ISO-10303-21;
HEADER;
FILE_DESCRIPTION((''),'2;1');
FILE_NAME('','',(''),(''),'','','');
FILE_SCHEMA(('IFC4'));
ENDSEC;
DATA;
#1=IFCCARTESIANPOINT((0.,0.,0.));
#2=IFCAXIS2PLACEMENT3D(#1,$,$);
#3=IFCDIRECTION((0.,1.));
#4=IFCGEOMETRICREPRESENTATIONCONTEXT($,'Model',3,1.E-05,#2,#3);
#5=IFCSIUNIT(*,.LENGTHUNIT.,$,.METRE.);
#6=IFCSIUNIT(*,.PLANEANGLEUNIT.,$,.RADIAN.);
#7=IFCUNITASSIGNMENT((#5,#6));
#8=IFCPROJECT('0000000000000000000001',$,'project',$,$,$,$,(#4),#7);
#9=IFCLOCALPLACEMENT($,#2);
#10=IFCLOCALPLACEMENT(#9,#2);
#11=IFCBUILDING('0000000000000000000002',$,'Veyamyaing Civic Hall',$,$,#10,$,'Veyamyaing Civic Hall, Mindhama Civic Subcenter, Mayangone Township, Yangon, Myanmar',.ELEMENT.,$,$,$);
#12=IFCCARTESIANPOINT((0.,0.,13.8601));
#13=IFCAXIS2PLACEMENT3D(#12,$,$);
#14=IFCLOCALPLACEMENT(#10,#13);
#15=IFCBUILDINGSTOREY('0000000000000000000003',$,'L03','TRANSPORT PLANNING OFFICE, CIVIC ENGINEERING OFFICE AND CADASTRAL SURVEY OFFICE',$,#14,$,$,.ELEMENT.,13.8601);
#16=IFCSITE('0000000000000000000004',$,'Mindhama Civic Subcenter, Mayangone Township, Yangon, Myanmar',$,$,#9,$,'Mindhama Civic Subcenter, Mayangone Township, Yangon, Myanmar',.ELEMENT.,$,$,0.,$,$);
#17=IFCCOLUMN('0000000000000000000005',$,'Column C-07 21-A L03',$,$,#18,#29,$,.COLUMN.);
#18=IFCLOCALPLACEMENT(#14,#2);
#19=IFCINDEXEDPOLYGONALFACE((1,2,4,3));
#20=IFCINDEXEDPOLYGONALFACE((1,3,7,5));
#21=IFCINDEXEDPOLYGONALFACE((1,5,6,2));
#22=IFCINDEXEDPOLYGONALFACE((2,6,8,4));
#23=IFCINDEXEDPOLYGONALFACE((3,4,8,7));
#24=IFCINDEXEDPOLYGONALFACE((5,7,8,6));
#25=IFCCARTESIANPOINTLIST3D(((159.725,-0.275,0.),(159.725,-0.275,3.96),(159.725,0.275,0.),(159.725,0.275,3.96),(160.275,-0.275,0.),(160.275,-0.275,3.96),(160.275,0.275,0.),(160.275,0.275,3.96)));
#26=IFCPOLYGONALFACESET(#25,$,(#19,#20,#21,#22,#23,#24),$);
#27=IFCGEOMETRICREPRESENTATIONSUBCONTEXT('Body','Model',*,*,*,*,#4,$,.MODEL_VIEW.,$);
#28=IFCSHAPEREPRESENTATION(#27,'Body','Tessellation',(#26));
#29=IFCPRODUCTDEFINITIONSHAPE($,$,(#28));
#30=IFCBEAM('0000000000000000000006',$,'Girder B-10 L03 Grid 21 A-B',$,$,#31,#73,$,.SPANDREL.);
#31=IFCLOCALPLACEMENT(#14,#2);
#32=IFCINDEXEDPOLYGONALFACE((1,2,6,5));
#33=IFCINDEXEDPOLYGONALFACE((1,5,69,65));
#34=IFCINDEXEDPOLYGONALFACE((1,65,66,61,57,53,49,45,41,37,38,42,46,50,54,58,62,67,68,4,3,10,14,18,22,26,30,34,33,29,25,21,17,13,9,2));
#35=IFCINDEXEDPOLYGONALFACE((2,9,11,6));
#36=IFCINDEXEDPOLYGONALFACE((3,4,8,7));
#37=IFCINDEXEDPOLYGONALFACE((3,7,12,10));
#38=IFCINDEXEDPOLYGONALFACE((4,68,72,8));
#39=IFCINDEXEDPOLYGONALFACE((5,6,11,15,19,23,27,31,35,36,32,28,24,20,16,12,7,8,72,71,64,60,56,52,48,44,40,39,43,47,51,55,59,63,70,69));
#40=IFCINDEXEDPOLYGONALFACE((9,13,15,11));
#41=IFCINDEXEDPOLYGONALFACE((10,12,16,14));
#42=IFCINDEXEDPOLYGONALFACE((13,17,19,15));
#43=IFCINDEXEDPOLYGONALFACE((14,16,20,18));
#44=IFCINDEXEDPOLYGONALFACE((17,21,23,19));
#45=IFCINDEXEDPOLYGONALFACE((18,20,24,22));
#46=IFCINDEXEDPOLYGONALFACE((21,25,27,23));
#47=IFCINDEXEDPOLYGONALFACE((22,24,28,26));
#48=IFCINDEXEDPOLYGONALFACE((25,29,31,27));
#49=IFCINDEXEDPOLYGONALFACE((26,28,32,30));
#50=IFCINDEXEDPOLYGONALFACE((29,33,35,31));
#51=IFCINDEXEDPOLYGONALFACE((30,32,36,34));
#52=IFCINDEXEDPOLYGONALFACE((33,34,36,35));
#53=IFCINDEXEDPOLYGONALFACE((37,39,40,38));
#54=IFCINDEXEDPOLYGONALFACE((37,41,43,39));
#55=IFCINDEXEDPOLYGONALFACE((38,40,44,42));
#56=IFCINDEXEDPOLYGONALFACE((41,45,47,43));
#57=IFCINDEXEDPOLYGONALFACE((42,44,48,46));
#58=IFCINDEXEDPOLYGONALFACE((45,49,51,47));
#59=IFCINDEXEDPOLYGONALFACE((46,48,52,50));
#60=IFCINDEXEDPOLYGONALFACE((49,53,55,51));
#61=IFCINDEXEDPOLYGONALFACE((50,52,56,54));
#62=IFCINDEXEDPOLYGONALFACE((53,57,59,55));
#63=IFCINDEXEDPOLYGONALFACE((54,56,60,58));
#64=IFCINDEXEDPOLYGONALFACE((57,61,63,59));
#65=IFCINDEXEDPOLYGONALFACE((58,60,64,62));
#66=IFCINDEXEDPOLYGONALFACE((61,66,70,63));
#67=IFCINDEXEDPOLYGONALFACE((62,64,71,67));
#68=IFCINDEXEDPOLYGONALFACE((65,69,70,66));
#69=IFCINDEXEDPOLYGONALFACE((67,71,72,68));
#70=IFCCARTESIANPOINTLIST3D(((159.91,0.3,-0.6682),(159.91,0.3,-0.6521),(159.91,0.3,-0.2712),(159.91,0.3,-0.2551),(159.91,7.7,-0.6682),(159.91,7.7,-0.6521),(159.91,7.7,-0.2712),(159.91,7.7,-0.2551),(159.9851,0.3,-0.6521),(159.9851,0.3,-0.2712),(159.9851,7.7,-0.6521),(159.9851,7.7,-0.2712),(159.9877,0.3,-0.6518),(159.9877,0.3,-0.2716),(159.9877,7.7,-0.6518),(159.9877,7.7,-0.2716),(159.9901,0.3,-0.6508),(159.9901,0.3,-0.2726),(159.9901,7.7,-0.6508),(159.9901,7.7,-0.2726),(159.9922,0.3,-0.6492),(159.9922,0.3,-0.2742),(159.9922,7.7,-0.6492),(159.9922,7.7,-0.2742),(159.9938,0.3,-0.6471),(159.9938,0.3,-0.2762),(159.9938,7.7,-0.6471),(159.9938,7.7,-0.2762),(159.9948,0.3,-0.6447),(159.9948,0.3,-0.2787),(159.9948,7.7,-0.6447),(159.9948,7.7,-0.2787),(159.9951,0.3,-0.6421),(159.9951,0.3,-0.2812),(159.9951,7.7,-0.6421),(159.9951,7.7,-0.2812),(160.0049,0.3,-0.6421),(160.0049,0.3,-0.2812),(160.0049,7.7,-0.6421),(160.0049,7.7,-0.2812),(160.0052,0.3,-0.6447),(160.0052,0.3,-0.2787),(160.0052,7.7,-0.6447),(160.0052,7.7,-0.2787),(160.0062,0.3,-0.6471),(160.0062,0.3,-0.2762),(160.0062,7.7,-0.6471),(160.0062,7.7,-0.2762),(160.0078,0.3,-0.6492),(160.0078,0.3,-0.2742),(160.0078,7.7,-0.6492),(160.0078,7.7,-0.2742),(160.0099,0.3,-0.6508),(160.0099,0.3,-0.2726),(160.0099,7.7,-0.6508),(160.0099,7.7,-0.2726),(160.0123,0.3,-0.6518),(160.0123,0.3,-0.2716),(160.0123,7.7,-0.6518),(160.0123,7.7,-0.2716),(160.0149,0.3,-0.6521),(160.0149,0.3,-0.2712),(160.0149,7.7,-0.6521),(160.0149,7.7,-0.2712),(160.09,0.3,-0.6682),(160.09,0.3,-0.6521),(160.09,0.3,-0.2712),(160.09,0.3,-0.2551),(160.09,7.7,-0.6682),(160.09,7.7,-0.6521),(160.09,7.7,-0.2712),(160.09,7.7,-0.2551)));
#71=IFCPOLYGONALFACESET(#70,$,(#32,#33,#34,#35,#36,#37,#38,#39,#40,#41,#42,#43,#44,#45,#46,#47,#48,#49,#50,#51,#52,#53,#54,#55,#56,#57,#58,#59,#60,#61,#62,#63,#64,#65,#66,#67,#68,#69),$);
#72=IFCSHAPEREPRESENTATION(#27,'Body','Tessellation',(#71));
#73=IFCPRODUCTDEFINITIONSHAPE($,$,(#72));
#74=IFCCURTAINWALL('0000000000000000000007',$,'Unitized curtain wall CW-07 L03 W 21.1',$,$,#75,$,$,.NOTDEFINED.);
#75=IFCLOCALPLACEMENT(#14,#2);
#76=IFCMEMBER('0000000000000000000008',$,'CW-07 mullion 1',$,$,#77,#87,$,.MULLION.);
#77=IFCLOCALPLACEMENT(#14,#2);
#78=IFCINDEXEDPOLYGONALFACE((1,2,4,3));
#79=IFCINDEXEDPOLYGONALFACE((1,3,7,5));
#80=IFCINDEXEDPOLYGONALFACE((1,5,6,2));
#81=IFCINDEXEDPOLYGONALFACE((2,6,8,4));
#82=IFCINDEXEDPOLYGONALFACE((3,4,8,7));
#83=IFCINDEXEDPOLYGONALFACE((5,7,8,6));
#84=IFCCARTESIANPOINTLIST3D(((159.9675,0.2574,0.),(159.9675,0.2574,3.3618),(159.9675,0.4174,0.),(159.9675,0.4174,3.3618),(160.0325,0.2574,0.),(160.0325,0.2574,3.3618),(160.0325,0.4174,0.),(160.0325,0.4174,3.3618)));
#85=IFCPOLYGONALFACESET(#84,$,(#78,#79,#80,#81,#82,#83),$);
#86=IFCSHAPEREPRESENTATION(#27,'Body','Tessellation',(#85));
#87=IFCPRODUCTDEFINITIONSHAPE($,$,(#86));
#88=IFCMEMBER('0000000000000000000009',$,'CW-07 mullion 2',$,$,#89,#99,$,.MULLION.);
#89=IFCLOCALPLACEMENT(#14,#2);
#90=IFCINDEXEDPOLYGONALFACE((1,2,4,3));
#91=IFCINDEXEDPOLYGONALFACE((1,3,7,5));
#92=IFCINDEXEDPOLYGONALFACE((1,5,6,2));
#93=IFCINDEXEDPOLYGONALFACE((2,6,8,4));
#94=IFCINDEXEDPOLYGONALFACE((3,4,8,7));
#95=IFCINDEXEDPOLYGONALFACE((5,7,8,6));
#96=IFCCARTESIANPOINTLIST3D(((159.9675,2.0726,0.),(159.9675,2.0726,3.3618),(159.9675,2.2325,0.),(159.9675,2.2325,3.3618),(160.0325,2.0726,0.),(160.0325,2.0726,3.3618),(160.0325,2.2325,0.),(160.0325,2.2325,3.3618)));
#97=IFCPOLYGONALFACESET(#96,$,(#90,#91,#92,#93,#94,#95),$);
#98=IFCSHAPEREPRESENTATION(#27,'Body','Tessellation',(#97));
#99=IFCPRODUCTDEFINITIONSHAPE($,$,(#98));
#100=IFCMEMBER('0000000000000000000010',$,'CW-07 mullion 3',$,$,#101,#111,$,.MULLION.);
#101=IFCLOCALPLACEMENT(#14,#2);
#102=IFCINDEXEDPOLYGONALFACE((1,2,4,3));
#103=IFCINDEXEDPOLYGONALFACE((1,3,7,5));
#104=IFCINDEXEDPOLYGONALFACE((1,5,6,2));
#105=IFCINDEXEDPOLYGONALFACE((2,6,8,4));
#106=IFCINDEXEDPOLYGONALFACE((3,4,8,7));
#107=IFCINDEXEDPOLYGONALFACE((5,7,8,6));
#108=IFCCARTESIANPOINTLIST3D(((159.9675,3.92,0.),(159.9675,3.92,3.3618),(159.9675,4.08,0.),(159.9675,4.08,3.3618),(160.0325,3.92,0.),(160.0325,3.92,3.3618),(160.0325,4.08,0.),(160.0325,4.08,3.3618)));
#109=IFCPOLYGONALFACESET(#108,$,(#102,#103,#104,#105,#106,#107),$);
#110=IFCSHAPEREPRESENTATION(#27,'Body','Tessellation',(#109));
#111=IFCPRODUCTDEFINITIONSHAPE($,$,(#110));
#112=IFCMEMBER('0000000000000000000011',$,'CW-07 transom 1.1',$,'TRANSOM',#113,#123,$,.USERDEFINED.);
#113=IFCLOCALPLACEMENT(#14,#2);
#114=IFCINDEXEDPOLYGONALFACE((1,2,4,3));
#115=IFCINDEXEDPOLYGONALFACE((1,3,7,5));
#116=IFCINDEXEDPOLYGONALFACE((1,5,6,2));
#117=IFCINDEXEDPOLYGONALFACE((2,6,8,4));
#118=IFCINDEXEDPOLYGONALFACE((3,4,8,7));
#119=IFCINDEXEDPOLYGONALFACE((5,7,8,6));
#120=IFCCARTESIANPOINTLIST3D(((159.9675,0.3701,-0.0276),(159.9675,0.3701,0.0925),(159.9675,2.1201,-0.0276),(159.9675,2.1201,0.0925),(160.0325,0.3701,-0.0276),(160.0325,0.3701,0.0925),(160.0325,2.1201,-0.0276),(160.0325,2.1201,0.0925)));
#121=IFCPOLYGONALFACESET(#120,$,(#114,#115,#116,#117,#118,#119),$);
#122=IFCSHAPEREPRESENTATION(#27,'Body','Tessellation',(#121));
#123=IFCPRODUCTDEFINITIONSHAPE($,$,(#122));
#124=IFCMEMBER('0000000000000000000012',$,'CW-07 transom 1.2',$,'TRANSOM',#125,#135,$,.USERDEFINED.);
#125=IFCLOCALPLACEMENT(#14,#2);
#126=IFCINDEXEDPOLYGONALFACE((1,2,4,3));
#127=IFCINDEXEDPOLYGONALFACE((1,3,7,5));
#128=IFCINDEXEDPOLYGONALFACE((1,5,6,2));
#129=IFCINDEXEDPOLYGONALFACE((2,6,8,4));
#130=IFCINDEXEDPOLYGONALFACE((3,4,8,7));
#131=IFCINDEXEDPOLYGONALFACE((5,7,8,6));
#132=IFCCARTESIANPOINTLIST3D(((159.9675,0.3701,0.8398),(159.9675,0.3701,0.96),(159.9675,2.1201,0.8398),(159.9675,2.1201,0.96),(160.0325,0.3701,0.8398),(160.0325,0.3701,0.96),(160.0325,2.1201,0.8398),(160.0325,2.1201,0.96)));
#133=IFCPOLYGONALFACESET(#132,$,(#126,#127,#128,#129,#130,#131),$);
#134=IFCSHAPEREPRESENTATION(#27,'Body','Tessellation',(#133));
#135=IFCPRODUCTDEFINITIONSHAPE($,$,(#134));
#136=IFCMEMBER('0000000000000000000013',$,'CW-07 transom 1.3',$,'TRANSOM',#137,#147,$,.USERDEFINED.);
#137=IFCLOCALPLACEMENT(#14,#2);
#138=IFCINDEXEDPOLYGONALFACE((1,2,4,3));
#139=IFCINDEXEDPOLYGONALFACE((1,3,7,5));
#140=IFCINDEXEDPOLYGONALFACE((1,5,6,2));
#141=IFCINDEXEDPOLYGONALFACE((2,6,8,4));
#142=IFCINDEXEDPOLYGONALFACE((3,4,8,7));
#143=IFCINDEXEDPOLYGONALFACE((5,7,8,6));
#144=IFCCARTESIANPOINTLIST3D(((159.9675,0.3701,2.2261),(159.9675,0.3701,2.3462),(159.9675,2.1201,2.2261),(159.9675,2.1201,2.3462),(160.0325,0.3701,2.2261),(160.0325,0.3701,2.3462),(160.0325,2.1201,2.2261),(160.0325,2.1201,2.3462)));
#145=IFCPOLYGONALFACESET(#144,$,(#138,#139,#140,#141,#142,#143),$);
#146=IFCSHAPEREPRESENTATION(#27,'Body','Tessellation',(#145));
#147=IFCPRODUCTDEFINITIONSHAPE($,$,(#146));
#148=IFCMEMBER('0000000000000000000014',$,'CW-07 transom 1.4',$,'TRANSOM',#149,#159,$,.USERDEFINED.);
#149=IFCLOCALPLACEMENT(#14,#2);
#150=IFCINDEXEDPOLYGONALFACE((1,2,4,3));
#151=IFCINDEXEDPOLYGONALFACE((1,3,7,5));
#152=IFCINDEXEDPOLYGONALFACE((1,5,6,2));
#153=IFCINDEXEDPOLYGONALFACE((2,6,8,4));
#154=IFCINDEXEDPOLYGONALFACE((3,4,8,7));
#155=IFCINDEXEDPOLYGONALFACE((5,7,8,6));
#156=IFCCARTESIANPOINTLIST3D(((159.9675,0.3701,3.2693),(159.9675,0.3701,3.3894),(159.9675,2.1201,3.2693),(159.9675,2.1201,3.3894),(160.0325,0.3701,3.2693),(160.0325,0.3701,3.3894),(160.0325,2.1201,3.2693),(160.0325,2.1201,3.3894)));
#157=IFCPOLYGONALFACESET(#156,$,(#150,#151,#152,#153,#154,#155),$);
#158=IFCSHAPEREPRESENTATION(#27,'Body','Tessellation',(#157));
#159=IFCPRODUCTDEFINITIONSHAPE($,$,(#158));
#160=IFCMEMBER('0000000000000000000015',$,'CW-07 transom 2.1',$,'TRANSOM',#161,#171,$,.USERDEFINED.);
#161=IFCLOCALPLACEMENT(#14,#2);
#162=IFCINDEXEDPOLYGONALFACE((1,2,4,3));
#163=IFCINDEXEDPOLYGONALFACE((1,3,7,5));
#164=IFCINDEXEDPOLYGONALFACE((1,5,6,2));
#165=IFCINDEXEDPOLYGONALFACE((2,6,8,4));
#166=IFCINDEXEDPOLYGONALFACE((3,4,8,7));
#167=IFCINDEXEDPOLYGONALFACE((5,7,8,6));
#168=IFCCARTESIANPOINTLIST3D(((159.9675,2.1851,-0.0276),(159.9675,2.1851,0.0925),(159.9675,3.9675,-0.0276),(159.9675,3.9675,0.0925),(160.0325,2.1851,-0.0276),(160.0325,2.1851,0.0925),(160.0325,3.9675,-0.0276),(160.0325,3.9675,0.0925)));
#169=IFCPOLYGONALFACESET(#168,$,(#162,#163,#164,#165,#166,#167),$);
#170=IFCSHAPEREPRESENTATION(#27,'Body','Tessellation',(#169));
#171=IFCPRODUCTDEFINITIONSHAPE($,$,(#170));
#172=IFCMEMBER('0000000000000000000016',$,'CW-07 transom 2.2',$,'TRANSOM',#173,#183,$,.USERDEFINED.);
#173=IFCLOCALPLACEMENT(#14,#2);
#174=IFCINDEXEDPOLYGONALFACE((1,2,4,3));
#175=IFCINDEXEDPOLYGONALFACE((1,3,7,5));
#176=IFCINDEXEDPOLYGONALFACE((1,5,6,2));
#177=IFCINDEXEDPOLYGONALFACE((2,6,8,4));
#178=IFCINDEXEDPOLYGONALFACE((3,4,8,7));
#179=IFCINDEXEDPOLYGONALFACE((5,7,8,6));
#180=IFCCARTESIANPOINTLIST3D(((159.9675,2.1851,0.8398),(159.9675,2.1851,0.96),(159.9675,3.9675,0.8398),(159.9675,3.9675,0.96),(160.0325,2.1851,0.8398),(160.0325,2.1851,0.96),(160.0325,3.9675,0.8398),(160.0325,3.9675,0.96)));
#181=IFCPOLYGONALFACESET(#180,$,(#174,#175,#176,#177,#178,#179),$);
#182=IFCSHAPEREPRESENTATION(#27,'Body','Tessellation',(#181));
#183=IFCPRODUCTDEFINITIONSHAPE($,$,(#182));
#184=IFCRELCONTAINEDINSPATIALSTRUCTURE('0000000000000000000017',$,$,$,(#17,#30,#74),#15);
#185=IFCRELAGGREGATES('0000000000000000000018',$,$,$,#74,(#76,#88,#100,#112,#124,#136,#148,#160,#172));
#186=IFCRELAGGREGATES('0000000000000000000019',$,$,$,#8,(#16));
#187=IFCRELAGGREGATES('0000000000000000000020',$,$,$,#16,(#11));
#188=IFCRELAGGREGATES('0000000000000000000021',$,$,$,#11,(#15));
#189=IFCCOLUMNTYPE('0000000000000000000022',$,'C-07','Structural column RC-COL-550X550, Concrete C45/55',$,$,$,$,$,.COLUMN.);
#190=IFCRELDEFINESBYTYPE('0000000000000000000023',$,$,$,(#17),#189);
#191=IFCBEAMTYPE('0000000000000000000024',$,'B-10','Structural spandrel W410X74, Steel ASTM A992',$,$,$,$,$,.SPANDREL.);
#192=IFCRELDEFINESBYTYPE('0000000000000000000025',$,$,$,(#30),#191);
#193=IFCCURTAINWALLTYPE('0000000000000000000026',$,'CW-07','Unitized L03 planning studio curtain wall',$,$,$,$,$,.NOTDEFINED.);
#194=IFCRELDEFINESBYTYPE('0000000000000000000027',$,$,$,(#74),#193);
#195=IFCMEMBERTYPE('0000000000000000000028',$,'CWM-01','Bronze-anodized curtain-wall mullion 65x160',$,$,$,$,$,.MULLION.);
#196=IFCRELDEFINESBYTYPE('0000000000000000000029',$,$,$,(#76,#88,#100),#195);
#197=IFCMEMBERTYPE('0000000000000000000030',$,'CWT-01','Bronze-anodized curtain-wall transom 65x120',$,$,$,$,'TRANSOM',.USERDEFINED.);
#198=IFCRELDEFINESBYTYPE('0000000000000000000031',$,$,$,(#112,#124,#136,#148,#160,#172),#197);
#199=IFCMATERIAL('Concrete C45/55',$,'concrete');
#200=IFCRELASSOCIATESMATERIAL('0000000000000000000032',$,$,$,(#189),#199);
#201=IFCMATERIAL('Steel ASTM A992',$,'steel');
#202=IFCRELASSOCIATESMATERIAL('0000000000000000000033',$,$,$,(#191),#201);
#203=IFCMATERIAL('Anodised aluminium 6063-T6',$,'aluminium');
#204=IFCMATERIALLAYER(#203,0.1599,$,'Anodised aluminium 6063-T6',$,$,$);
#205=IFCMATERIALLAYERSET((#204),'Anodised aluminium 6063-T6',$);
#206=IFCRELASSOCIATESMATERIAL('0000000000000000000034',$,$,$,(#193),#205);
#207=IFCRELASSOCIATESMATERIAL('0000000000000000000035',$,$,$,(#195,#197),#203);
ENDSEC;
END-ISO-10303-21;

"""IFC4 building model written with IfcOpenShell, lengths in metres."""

from ifc_helpers import new_model, si_unit, direction, frame, origin, origin_2d, place, context, subcontext, project, spatial, rectangle, i_section, extrude, material, layer, layer_set, material_profile, profile_set, type_object, element, aggregate, save


model = new_model("IFC4")

# Units and contexts
model_context = context("Model", 3, precision=1e-05, world=origin(), true_north=direction((0.0, 1.0)))
body_context = subcontext(model_context, "Body", "Model", "MODEL_VIEW")
ifc_project = project(units=[si_unit("LENGTHUNIT", "METRE"), si_unit("PLANEANGLEUNIT", "RADIAN")], contexts=[model_context])

# Site, building, storey
site_placement = place(None, origin())
site = spatial("IfcSite", under=ifc_project, at=site_placement, Name="Mindhama Civic Subcenter, Mayangone Township, Yangon, Myanmar", LongName="Mindhama Civic Subcenter, Mayangone Township, Yangon, Myanmar", CompositionType="ELEMENT", RefElevation=0.0)
building_placement = place(site_placement, origin())
building = spatial("IfcBuilding", under=site, at=building_placement, Name="Veyamyaing Civic Hall", LongName="Veyamyaing Civic Hall, Mindhama Civic Subcenter, Mayangone Township, Yangon, Myanmar", CompositionType="ELEMENT")
storey_placement = place(building_placement, frame((0.0, 0.0, 13.8601)))
storey = spatial("IfcBuildingStorey", under=building, at=storey_placement, Name="L03", Description="TRANSPORT PLANNING OFFICE, CIVIC ENGINEERING OFFICE AND CADASTRAL SURVEY OFFICE", CompositionType="ELEMENT", Elevation=13.8601)

# Column
ifc_material_1 = material(Name="Concrete C45/55", Category="concrete")
ifc_material_profile_1 = material_profile(ifc_material_1, rectangle(XDim=0.55, YDim=0.55, at=origin_2d()), Name="RC-COL-550X550")
ifc_profile_set_1 = profile_set([ifc_material_profile_1], Name="Concrete C45/55")
column_type = type_object("IfcColumnType", Name="C-07", Description="Structural column RC-COL-550X550, Concrete C45/55", PredefinedType="COLUMN", material=ifc_profile_set_1)
column_placement = place(storey_placement, frame((160.0, 0.0, 0.0), z_axis=(0.0, 0.0, 1.0), x_axis=(1.0, 0.0, 0.0)))
element("IfcColumn", 1, at=column_placement, inside=storey, type_object=column_type, Name="Column C-07 21-A L03", PredefinedType="COLUMN", context=body_context, shape_type="SweptSolid", body=[
    extrude(rectangle(XDim=0.55, YDim=0.55, at=origin_2d()), origin(), (0.0, 0.0, 1.0), 3.96),
])

# Beam
ifc_material_2 = material(Name="Steel ASTM A992", Category="steel")
ifc_material_profile_2 = material_profile(ifc_material_2, i_section(OverallWidth=0.1799, OverallDepth=0.4131, WebThickness=0.0098, FlangeThickness=0.0161, FilletRadius=0.01, at=origin_2d()), Name="W410X74")
ifc_profile_set_2 = profile_set([ifc_material_profile_2], Name="Steel ASTM A992")
beam_type = type_object("IfcBeamType", Name="B-10", Description="Structural spandrel W410X74, Steel ASTM A992", PredefinedType="SPANDREL", material=ifc_profile_set_2)
beam_placement = place(storey_placement, frame((160.0, 0.3, -0.4617), z_axis=(0.0, 1.0, 0.0), x_axis=(-1.0, 0.0, 0.0)))
element("IfcBeam", 2, at=beam_placement, inside=storey, type_object=beam_type, Name="Girder B-10 L03 Grid 21 A-B", PredefinedType="SPANDREL", context=body_context, shape_type="SweptSolid", body=[
    extrude(i_section(OverallWidth=0.1799, OverallDepth=0.4131, WebThickness=0.0098, FlangeThickness=0.0161, FilletRadius=0.01, at=origin_2d()), origin(), (0.0, 0.0, 1.0), 7.3999),
])

# Curtain wall, members
ifc_material_3 = material(Name="Anodised aluminium 6063-T6", Category="aluminium")
ifc_layer_1 = layer(ifc_material_3, 0.1599, Name="Anodised aluminium 6063-T6")
ifc_layer_set_1 = layer_set([ifc_layer_1], Name="Anodised aluminium 6063-T6")
curtain_wall_type = type_object("IfcCurtainWallType", Name="CW-07", Description="Unitized L03 planning studio curtain wall", PredefinedType="NOTDEFINED", material=ifc_layer_set_1)
curtain_wall_1_placement = place(storey_placement, origin())
curtain_wall_1 = element("IfcCurtainWall", 3, at=curtain_wall_1_placement, inside=storey, type_object=curtain_wall_type, Name="Unitized curtain wall CW-07 L03 W 21.1", PredefinedType="NOTDEFINED")
ifc_material_profile_3 = material_profile(ifc_material_3, rectangle(XDim=0.0649, YDim=0.1599, at=origin_2d()), Name="ALU-MUL-65X160")
ifc_profile_set_3 = profile_set([ifc_material_profile_3], Name="Anodised aluminium 6063-T6")
member_type_1 = type_object("IfcMemberType", Name="CWM-01", Description="Bronze-anodized curtain-wall mullion 65x160", PredefinedType="MULLION", material=ifc_profile_set_3)
member_1_placement = place(storey_placement, frame((160.0, 0.3374, 0.0), z_axis=(0.0, 0.0, 1.0), x_axis=(-1.0, 0.0, 0.0)))
member_1 = element("IfcMember", 4, at=member_1_placement, type_object=member_type_1, Name="CW-07 mullion 1", PredefinedType="MULLION", context=body_context, shape_type="SweptSolid", body=[
    extrude(rectangle(XDim=0.0649, YDim=0.1599, at=origin_2d()), origin(), (0.0, 0.0, 1.0), 3.3618),
])
member_2_placement = place(storey_placement, frame((160.0, 2.1526, 0.0), z_axis=(0.0, 0.0, 1.0), x_axis=(-1.0, 0.0, 0.0)))
member_2 = element("IfcMember", 5, at=member_2_placement, type_object=member_type_1, Name="CW-07 mullion 2", PredefinedType="MULLION", context=body_context, shape_type="SweptSolid", body=[
    extrude(rectangle(XDim=0.0649, YDim=0.1599, at=origin_2d()), origin(), (0.0, 0.0, 1.0), 3.3618),
])
member_3_placement = place(storey_placement, frame((160.0, 4.0, 0.0), z_axis=(0.0, 0.0, 1.0), x_axis=(-1.0, 0.0, 0.0)))
member_3 = element("IfcMember", 6, at=member_3_placement, type_object=member_type_1, Name="CW-07 mullion 3", PredefinedType="MULLION", context=body_context, shape_type="SweptSolid", body=[
    extrude(rectangle(XDim=0.0649, YDim=0.1599, at=origin_2d()), origin(), (0.0, 0.0, 1.0), 3.3618),
])
ifc_material_profile_4 = material_profile(ifc_material_3, rectangle(XDim=0.0649, YDim=0.1201, at=origin_2d()), Name="ALU-TRN-65X120")
ifc_profile_set_4 = profile_set([ifc_material_profile_4], Name="Anodised aluminium 6063-T6")
member_type_2 = type_object("IfcMemberType", Name="CWT-01", Description="Bronze-anodized curtain-wall transom 65x120", ElementType="TRANSOM", PredefinedType="USERDEFINED", material=ifc_profile_set_4)
member_4_placement = place(storey_placement, frame((160.0, 0.3701, 0.0325), z_axis=(0.0, 1.0, 0.0), x_axis=(-1.0, 0.0, 0.0)))
member_4 = element("IfcMember", 7, at=member_4_placement, type_object=member_type_2, Name="CW-07 transom 1.1", ObjectType="TRANSOM", PredefinedType="USERDEFINED", context=body_context, shape_type="SweptSolid", body=[
    extrude(rectangle(XDim=0.0649, YDim=0.1201, at=origin_2d()), origin(), (0.0, 0.0, 1.0), 1.75),
])
member_5_placement = place(storey_placement, frame((160.0, 0.3701, 0.8999), z_axis=(0.0, 1.0, 0.0), x_axis=(-1.0, 0.0, 0.0)))
member_5 = element("IfcMember", 8, at=member_5_placement, type_object=member_type_2, Name="CW-07 transom 1.2", ObjectType="TRANSOM", PredefinedType="USERDEFINED", context=body_context, shape_type="SweptSolid", body=[
    extrude(rectangle(XDim=0.0649, YDim=0.1201, at=origin_2d()), origin(), (0.0, 0.0, 1.0), 1.75),
])
member_6_placement = place(storey_placement, frame((160.0, 0.3701, 2.2861), z_axis=(0.0, 1.0, 0.0), x_axis=(-1.0, 0.0, 0.0)))
member_6 = element("IfcMember", 9, at=member_6_placement, type_object=member_type_2, Name="CW-07 transom 1.3", ObjectType="TRANSOM", PredefinedType="USERDEFINED", context=body_context, shape_type="SweptSolid", body=[
    extrude(rectangle(XDim=0.0649, YDim=0.1201, at=origin_2d()), origin(), (0.0, 0.0, 1.0), 1.75),
])
member_7_placement = place(storey_placement, frame((160.0, 0.3701, 3.3293), z_axis=(0.0, 1.0, 0.0), x_axis=(-1.0, 0.0, 0.0)))
member_7 = element("IfcMember", 10, at=member_7_placement, type_object=member_type_2, Name="CW-07 transom 1.4", ObjectType="TRANSOM", PredefinedType="USERDEFINED", context=body_context, shape_type="SweptSolid", body=[
    extrude(rectangle(XDim=0.0649, YDim=0.1201, at=origin_2d()), origin(), (0.0, 0.0, 1.0), 1.75),
])
member_8_placement = place(storey_placement, frame((160.0, 2.1851, 0.0325), z_axis=(0.0, 1.0, 0.0), x_axis=(-1.0, 0.0, 0.0)))
member_8 = element("IfcMember", 11, at=member_8_placement, type_object=member_type_2, Name="CW-07 transom 2.1", ObjectType="TRANSOM", PredefinedType="USERDEFINED", context=body_context, shape_type="SweptSolid", body=[
    extrude(rectangle(XDim=0.0649, YDim=0.1201, at=origin_2d()), origin(), (0.0, 0.0, 1.0), 1.7825),
])
member_9_placement = place(storey_placement, frame((160.0, 2.1851, 0.8999), z_axis=(0.0, 1.0, 0.0), x_axis=(-1.0, 0.0, 0.0)))
member_9 = element("IfcMember", 12, at=member_9_placement, type_object=member_type_2, Name="CW-07 transom 2.2", ObjectType="TRANSOM", PredefinedType="USERDEFINED", context=body_context, shape_type="SweptSolid", body=[
    extrude(rectangle(XDim=0.0649, YDim=0.1201, at=origin_2d()), origin(), (0.0, 0.0, 1.0), 1.7825),
])

aggregate(curtain_wall_1, [member_1, member_2, member_3, member_4, member_5, member_6, member_7, member_8, member_9])

save(model, "model.ifc")
